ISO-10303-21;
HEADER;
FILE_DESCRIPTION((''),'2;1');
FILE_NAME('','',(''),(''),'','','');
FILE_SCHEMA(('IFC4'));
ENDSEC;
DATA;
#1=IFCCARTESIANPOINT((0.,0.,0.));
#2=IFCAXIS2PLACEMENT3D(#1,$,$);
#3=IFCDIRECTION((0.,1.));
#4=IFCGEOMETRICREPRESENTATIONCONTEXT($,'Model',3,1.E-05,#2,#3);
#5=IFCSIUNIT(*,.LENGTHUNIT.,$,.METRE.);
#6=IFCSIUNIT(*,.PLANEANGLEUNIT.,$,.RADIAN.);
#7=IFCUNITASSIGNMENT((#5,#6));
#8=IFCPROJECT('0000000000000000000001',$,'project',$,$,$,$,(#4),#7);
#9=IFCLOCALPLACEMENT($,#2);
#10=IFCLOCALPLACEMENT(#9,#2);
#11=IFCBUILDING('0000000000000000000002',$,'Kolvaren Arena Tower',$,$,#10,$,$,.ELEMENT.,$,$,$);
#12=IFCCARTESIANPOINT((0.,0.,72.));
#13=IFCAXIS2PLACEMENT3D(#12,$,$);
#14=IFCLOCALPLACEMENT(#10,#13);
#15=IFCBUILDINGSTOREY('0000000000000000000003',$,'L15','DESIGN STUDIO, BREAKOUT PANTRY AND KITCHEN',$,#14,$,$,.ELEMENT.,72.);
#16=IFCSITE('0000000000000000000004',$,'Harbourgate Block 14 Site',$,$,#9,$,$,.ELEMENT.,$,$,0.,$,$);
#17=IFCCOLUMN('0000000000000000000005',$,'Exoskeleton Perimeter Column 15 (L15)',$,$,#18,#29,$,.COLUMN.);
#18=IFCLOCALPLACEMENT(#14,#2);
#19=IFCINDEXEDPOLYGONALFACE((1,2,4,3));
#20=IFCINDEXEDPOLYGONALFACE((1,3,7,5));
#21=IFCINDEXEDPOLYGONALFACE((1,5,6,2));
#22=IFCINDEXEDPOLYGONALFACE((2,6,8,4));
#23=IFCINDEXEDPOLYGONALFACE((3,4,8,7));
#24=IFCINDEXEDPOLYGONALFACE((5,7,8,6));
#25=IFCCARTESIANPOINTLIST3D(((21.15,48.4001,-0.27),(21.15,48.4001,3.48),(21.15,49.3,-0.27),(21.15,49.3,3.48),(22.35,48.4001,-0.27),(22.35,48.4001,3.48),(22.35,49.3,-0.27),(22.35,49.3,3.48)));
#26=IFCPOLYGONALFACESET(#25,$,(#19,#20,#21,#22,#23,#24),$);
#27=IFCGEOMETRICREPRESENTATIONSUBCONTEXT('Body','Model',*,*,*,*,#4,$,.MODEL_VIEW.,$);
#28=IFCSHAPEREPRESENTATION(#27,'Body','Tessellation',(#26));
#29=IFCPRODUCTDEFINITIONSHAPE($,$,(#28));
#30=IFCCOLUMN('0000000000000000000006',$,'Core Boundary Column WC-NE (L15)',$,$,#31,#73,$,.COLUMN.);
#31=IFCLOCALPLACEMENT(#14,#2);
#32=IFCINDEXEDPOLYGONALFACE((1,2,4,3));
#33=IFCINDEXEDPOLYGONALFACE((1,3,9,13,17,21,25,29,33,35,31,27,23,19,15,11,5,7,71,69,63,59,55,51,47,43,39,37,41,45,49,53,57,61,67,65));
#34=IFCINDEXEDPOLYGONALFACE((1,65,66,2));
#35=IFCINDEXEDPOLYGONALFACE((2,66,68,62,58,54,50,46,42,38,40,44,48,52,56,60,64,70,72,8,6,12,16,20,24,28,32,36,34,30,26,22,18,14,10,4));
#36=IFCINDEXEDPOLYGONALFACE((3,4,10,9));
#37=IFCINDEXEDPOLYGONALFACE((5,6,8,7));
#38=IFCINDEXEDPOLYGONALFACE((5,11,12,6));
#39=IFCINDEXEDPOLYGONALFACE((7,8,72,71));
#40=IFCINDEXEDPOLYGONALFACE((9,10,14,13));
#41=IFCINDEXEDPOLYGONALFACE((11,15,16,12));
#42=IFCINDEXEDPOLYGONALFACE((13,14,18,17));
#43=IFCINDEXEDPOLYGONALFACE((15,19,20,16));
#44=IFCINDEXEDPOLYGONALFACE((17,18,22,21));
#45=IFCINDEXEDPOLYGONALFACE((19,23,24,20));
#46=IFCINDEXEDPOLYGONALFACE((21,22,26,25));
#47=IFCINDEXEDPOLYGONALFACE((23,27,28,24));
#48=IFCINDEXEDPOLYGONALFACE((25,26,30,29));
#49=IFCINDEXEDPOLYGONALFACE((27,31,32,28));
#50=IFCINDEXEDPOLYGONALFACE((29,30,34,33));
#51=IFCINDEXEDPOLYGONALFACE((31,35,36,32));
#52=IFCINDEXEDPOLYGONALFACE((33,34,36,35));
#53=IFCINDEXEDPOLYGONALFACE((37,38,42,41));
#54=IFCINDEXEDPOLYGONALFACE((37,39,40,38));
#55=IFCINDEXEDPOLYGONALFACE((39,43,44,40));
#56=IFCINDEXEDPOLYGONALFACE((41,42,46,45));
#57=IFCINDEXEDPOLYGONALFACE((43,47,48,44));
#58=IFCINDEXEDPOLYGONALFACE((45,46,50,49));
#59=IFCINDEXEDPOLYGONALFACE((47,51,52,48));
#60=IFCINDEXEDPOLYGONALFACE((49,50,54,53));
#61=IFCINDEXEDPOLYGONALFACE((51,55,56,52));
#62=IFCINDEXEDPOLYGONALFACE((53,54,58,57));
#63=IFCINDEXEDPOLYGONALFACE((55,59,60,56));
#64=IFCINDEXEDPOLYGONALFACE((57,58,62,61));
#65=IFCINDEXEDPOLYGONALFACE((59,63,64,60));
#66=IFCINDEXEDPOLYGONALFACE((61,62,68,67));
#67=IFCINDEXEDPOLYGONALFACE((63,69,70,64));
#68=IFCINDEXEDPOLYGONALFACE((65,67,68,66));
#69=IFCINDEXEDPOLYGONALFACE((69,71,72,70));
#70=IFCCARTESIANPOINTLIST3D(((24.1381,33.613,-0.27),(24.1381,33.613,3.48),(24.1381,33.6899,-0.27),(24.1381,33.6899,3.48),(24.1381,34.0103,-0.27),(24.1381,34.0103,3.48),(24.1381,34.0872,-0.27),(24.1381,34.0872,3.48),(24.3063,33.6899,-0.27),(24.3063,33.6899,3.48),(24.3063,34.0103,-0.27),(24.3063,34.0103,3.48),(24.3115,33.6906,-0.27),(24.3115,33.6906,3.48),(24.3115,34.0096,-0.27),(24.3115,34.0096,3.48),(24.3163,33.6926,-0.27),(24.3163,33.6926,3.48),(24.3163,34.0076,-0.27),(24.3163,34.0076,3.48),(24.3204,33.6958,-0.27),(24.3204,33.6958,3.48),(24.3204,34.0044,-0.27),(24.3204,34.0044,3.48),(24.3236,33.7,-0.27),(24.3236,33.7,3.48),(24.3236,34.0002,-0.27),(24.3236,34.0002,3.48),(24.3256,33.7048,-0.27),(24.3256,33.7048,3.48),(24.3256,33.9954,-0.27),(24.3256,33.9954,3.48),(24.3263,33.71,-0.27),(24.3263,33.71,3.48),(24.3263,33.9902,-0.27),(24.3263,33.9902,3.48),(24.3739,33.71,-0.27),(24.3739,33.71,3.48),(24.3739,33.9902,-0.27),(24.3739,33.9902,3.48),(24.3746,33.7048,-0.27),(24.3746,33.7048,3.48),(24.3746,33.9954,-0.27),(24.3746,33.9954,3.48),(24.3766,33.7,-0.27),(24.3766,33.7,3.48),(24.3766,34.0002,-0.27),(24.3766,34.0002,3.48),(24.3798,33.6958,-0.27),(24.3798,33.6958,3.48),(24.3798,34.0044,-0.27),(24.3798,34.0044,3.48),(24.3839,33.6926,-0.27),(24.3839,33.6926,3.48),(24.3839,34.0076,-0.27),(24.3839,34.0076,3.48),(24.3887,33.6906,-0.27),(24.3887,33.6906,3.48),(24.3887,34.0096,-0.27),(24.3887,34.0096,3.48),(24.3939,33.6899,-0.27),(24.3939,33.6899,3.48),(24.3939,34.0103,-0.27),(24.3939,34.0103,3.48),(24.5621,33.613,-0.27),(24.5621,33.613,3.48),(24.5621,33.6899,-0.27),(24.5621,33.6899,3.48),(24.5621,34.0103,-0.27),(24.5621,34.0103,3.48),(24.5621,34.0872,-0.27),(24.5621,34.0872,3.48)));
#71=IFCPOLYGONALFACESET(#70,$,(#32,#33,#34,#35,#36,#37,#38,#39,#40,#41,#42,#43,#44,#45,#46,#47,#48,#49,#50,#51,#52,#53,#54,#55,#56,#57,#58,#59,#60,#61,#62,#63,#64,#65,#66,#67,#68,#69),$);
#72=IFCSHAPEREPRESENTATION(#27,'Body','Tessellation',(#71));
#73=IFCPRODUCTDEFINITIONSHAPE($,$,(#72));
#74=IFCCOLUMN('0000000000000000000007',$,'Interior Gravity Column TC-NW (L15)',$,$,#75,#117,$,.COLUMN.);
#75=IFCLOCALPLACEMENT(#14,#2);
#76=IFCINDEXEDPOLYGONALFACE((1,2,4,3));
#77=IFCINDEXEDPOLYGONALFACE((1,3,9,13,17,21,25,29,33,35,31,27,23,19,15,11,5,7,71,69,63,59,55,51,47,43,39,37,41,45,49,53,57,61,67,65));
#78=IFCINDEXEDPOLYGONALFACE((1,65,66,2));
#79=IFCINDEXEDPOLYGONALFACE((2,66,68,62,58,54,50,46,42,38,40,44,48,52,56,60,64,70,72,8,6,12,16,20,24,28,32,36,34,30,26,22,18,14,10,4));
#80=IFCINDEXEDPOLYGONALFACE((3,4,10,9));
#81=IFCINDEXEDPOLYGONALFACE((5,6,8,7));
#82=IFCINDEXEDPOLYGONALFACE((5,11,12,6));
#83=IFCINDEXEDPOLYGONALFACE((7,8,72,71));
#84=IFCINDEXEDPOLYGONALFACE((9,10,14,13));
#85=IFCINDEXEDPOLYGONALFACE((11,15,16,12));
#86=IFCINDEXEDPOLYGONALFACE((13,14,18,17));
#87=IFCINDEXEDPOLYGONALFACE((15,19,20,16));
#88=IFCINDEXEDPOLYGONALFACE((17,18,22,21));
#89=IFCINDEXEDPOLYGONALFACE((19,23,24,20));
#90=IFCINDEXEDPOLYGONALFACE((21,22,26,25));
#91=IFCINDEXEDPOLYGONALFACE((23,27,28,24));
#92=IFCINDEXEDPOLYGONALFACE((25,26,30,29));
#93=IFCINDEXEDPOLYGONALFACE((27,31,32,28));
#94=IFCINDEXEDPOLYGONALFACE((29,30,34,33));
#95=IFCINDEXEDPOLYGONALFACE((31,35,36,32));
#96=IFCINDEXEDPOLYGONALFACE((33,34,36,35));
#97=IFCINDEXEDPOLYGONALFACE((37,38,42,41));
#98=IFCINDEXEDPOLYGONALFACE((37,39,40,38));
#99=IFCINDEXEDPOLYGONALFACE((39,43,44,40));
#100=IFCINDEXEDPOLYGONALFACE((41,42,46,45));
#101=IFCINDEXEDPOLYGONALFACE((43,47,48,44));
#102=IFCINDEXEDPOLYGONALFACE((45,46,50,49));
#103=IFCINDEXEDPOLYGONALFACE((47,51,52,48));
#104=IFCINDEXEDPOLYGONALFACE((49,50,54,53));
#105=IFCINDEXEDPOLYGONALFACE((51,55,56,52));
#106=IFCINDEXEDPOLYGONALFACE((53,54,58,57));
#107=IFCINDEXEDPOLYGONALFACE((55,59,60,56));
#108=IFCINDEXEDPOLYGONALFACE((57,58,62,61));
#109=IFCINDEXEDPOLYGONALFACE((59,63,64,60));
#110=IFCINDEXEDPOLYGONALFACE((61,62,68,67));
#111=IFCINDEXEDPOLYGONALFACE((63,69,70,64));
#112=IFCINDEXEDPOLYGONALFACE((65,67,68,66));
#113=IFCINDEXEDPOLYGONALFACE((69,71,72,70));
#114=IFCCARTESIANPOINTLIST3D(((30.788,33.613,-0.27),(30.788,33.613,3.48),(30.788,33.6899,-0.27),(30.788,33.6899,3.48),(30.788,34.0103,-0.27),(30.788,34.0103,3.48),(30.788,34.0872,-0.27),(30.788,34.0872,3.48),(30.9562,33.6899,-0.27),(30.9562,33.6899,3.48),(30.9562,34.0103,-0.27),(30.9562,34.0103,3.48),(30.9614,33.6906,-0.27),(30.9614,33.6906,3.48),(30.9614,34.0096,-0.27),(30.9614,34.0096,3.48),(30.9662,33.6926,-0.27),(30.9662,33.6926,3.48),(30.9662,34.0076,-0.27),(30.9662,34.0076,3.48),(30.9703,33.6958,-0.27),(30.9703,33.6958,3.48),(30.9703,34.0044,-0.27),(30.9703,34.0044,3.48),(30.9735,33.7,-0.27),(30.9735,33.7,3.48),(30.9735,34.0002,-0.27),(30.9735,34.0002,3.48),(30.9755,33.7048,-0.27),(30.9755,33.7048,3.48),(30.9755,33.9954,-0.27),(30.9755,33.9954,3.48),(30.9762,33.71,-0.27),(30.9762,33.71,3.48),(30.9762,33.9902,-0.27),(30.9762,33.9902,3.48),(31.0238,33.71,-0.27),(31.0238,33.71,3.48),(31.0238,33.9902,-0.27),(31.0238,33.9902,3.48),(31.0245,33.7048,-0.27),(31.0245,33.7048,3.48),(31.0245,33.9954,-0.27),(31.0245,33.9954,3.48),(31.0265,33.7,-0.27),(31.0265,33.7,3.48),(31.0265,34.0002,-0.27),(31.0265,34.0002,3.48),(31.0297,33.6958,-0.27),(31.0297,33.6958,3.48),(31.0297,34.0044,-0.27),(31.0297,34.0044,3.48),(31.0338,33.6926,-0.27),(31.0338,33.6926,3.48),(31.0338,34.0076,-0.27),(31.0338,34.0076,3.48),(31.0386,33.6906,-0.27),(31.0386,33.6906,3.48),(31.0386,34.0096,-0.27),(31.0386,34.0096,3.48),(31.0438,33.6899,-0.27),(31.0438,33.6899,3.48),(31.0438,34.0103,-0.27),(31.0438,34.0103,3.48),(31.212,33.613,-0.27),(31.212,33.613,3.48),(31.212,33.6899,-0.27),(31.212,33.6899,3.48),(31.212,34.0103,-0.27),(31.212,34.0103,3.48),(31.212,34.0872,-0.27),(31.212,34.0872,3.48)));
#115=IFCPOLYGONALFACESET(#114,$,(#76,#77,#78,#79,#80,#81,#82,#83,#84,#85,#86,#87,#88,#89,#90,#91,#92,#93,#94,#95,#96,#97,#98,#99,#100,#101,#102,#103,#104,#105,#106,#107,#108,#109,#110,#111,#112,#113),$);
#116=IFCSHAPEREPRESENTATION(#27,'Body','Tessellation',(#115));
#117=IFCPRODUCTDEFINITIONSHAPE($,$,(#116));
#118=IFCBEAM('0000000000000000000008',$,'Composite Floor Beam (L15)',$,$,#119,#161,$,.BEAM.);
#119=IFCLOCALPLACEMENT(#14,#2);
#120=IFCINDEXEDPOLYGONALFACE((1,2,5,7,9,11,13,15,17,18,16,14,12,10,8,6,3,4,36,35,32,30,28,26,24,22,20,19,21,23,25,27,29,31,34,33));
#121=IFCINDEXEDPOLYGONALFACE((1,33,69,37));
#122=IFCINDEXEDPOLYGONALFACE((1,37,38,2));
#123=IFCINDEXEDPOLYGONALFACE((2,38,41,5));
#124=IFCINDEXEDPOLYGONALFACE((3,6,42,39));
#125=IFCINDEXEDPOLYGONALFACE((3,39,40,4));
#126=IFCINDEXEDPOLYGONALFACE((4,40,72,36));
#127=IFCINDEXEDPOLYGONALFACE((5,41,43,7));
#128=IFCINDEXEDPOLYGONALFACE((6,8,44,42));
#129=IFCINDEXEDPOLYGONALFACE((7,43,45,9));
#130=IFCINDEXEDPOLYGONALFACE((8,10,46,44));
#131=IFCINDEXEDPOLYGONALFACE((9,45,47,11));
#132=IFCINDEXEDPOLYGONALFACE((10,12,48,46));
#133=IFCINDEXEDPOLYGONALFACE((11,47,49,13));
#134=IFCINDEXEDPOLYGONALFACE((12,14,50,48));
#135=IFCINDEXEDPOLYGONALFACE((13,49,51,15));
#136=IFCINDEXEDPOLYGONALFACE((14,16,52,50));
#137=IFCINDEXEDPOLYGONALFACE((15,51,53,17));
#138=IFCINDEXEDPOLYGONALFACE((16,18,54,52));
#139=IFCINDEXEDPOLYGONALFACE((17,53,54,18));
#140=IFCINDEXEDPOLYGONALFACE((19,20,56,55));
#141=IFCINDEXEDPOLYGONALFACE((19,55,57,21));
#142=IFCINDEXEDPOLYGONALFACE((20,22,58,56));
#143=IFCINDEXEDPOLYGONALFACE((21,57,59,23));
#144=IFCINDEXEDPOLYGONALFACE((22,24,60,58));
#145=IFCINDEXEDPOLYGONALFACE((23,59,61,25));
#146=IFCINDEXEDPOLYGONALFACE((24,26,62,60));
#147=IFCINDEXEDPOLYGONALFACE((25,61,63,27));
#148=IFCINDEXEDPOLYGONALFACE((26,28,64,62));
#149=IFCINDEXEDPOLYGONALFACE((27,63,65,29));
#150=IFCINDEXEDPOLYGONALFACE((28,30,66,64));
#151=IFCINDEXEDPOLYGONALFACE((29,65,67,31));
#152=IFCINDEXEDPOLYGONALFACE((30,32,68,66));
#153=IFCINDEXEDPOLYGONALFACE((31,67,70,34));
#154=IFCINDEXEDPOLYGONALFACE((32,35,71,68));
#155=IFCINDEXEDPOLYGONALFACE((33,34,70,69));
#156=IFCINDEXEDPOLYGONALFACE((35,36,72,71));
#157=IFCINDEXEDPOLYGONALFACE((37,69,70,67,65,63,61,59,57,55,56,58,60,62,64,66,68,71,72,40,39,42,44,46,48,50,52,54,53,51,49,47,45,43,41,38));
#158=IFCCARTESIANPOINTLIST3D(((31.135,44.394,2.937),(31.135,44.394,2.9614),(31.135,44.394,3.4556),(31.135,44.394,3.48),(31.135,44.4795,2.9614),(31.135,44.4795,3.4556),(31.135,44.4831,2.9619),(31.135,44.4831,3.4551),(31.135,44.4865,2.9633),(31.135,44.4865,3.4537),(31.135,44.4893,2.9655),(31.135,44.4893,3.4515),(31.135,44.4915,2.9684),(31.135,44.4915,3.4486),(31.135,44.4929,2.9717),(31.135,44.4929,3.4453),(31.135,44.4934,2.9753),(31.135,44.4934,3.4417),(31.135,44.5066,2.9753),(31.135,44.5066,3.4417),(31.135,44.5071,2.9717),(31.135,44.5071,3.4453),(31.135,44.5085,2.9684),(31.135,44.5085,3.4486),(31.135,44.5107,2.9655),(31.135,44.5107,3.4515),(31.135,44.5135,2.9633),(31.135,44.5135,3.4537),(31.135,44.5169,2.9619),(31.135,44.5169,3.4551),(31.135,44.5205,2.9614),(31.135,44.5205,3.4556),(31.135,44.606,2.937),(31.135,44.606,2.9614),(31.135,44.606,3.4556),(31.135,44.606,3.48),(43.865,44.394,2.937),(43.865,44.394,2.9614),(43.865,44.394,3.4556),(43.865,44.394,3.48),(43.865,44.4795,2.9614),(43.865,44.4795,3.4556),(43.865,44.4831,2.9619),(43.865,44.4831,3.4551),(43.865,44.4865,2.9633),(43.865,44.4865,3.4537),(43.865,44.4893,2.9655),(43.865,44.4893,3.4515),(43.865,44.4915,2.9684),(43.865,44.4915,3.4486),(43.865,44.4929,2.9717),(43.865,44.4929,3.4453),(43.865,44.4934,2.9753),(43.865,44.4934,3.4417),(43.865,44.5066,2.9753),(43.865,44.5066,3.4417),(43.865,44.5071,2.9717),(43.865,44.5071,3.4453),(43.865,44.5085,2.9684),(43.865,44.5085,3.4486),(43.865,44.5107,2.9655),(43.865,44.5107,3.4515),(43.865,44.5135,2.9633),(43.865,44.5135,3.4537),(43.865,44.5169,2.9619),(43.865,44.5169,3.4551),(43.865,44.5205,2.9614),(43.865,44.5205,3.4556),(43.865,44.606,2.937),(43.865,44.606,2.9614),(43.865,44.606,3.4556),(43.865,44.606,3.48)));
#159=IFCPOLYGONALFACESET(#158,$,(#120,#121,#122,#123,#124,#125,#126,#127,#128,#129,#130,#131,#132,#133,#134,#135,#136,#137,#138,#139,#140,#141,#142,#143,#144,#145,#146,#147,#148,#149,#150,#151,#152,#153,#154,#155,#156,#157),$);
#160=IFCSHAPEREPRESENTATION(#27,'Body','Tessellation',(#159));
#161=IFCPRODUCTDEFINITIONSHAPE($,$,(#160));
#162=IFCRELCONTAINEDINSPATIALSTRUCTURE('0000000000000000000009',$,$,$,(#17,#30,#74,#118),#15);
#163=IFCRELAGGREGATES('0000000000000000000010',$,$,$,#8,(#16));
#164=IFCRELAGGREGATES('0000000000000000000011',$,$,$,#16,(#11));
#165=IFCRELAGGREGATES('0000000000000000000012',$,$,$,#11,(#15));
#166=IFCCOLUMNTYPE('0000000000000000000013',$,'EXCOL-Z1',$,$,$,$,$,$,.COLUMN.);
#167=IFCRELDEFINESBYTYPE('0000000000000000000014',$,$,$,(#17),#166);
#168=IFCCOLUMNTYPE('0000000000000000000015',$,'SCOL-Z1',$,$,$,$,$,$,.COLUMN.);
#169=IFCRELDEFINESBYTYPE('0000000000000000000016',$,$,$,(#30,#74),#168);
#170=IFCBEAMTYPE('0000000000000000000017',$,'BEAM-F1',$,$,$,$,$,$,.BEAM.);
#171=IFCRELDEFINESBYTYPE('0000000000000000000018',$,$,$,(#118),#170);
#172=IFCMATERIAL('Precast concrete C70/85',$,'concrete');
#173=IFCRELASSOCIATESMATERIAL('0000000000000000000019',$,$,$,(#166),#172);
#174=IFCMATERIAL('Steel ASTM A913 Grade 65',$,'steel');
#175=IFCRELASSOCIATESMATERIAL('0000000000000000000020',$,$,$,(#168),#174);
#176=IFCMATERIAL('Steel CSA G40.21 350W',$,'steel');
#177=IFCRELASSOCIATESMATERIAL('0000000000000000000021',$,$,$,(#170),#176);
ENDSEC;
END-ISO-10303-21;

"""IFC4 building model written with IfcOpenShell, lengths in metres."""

from ifc_helpers import new_model, si_unit, direction, frame, origin, origin_2d, place, context, subcontext, project, spatial, rectangle, i_section, extrude, material, material_profile, profile_set, type_object, element, save


model = new_model("IFC4")

# Units and contexts
model_context = context("Model", 3, precision=1e-05, world=origin(), true_north=direction((0.0, 1.0)))
body_context = subcontext(model_context, "Body", "Model", "MODEL_VIEW")
ifc_project = project(units=[si_unit("LENGTHUNIT", "METRE"), si_unit("PLANEANGLEUNIT", "RADIAN")], contexts=[model_context])

# Site, building, storey
site_placement = place(None, origin())
site = spatial("IfcSite", under=ifc_project, at=site_placement, Name="Harbourgate Block 14 Site", CompositionType="ELEMENT", RefElevation=0.0)
building_placement = place(site_placement, origin())
building = spatial("IfcBuilding", under=site, at=building_placement, Name="Kolvaren Arena Tower", CompositionType="ELEMENT")
storey_placement = place(building_placement, frame((0.0, 0.0, 72.0)))
storey = spatial("IfcBuildingStorey", under=building, at=storey_placement, Name="L15", Description="DESIGN STUDIO, BREAKOUT PANTRY AND KITCHEN", CompositionType="ELEMENT", Elevation=72.0)

# Columns
ifc_material_1 = material(Name="Precast concrete C70/85", Category="concrete")
ifc_material_profile_1 = material_profile(ifc_material_1, rectangle(XDim=1.2, YDim=0.8999, at=origin_2d()), Name="RC-1200x900")
ifc_profile_set_1 = profile_set([ifc_material_profile_1], Name="Precast concrete C70/85")
column_type_1 = type_object("IfcColumnType", Name="EXCOL-Z1", PredefinedType="COLUMN", material=ifc_profile_set_1)
column_placement = place(storey_placement, frame((21.75, 48.8501, -0.27), z_axis=(0.0, 0.0, 1.0), x_axis=(1.0, 0.0, 0.0)))
element("IfcColumn", 1, at=column_placement, inside=storey, type_object=column_type_1, Name="Exoskeleton Perimeter Column 15 (L15)", PredefinedType="COLUMN", context=body_context, shape_type="SweptSolid", body=[
    extrude(rectangle(XDim=1.2, YDim=0.8999, at=origin_2d()), origin(), (0.0, 0.0, 1.0), 3.75),
])
ifc_material_2 = material(Name="Steel ASTM A913 Grade 65", Category="steel")
ifc_material_profile_2 = material_profile(ifc_material_2, i_section(OverallWidth=0.4241, OverallDepth=0.4741, WebThickness=0.0476, FlangeThickness=0.0769, FilletRadius=0.02, at=origin_2d()), Name="W360x634")
ifc_profile_set_2 = profile_set([ifc_material_profile_2], Name="Steel ASTM A913 Grade 65")
column_type_2 = type_object("IfcColumnType", Name="SCOL-Z1", PredefinedType="COLUMN", material=ifc_profile_set_2)
for number, where, z_axis, x_axis, name in (
    (2, (24.3501, 33.8501, -0.27), (0.0, 0.0, 1.0), (1.0, 0.0, 0.0), "Core Boundary Column WC-NE (L15)"),
    (3, (31.0, 33.8501, -0.27), (0.0, 0.0, 1.0), (1.0, 0.0, 0.0), "Interior Gravity Column TC-NW (L15)"),
):
    element("IfcColumn", number, at=place(storey_placement, frame(where, z_axis=z_axis, x_axis=x_axis)), inside=storey, type_object=column_type_2, Name=name, PredefinedType="COLUMN", context=body_context, shape_type="SweptSolid", body=[
        extrude(i_section(OverallWidth=0.4241, OverallDepth=0.4741, WebThickness=0.0476, FlangeThickness=0.0769, FilletRadius=0.02, at=origin_2d()), origin(), (0.0, 0.0, 1.0), 3.75),
    ])

# Beam
ifc_material_3 = material(Name="Steel CSA G40.21 350W", Category="steel")
ifc_material_profile_3 = material_profile(ifc_material_3, i_section(OverallWidth=0.2119, OverallDepth=0.543, WebThickness=0.0132, FlangeThickness=0.0244, FilletRadius=0.0139, at=origin_2d()), Name="W530x150")
ifc_profile_set_3 = profile_set([ifc_material_profile_3], Name="Steel CSA G40.21 350W")
beam_type_1 = type_object("IfcBeamType", Name="BEAM-F1", PredefinedType="BEAM", material=ifc_profile_set_3)
beam_1_placement = place(storey_placement, frame((31.135, 44.5, 3.2085), z_axis=(1.0, 0.0, 0.0), x_axis=(0.0, 1.0, 0.0)))
element("IfcBeam", 4, at=beam_1_placement, inside=storey, type_object=beam_type_1, Name="Composite Floor Beam (L15)", PredefinedType="BEAM", context=body_context, shape_type="SweptSolid", body=[
    extrude(i_section(OverallWidth=0.2119, OverallDepth=0.543, WebThickness=0.0132, FlangeThickness=0.0244, FilletRadius=0.0139, at=origin_2d()), origin(), (0.0, 0.0, 1.0), 12.73),
])

save(model, "model.ifc")
